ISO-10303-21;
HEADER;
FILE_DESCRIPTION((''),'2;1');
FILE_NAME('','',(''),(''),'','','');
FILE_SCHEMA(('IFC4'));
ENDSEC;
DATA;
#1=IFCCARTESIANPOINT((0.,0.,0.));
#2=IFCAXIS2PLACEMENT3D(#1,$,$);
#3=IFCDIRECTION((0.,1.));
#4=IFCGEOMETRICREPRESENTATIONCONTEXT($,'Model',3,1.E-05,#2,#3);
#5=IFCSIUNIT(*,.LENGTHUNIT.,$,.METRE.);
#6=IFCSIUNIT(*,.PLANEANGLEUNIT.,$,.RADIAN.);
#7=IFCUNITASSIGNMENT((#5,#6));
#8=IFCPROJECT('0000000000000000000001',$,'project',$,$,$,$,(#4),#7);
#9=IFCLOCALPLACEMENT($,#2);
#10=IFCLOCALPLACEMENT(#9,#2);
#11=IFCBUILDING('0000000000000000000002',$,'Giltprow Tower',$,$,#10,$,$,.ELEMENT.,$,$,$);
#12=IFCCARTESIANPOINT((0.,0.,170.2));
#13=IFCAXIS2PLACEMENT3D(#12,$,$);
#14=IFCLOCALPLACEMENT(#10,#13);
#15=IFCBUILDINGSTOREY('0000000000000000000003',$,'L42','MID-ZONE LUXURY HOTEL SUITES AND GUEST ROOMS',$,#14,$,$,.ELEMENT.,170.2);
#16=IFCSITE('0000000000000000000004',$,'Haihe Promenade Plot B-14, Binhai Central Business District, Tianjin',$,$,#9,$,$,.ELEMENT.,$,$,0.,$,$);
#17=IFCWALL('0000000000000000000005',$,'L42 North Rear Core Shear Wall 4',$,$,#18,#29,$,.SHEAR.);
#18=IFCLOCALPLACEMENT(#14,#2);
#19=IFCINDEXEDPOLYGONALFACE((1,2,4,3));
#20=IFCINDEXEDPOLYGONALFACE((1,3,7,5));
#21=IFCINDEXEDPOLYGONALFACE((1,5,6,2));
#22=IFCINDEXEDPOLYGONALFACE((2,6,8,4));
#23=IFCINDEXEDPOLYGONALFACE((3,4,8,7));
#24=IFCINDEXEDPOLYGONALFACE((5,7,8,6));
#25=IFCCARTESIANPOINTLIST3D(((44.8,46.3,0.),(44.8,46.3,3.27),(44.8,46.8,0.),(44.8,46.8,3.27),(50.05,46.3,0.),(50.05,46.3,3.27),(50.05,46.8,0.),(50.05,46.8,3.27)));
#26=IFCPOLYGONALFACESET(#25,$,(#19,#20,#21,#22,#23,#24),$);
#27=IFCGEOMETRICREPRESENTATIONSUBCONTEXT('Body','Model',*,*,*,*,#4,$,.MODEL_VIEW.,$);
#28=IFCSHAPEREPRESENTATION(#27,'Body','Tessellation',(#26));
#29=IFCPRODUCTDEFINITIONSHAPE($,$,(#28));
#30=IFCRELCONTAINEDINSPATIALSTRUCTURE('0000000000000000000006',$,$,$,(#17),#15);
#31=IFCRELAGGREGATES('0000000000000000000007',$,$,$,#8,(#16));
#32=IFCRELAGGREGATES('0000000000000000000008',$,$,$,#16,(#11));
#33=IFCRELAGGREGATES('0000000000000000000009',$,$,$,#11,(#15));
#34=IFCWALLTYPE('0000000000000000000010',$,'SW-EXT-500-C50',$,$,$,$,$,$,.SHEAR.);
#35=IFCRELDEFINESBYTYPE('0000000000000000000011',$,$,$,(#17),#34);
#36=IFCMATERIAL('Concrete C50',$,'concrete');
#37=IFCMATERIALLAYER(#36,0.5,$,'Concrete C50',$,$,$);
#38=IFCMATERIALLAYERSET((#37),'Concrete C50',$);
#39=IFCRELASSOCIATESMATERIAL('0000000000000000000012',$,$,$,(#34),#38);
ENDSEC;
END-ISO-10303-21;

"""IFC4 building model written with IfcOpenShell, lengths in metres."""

from ifc_helpers import new_model, si_unit, direction, frame, frame_2d, origin, place, context, subcontext, project, spatial, rectangle, extrude, material, layer, layer_set, type_object, element, save


model = new_model("IFC4")

# Units and contexts
model_context = context("Model", 3, precision=1e-05, world=origin(), true_north=direction((0.0, 1.0)))
body_context = subcontext(model_context, "Body", "Model", "MODEL_VIEW")
ifc_project = project(units=[si_unit("LENGTHUNIT", "METRE"), si_unit("PLANEANGLEUNIT", "RADIAN")], contexts=[model_context])

# Site, building, storey
site_placement = place(None, origin())
site = spatial("IfcSite", under=ifc_project, at=site_placement, Name="Haihe Promenade Plot B-14, Binhai Central Business District, Tianjin", CompositionType="ELEMENT", RefElevation=0.0)
building_placement = place(site_placement, origin())
building = spatial("IfcBuilding", under=site, at=building_placement, Name="Giltprow Tower", CompositionType="ELEMENT")
storey_placement = place(building_placement, frame((0.0, 0.0, 170.2)))
storey = spatial("IfcBuildingStorey", under=building, at=storey_placement, Name="L42", Description="MID-ZONE LUXURY HOTEL SUITES AND GUEST ROOMS", CompositionType="ELEMENT", Elevation=170.2)

# Shared definitions
ifc_material_1 = material(Name="Concrete C50", Category="concrete")

# Wall
ifc_layer_1 = layer(ifc_material_1, 0.5, Name="Concrete C50")
ifc_layer_set_1 = layer_set([ifc_layer_1], Name="Concrete C50")
wall_type_1 = type_object("IfcWallType", Name="SW-EXT-500-C50", PredefinedType="SHEAR", material=ifc_layer_set_1)
wall_1_placement = place(storey_placement, frame((44.8, 46.55, 0.0), z_axis=(0.0, 0.0, 1.0), x_axis=(1.0, 0.0, 0.0)))
element("IfcWall", 1, at=wall_1_placement, inside=storey, type_object=wall_type_1, Name="L42 North Rear Core Shear Wall 4", PredefinedType="SHEAR", context=body_context, shape_type="SweptSolid", body=[
    extrude(rectangle(XDim=5.25, YDim=0.5, at=frame_2d((2.625, 0.0))), origin(), (0.0, 0.0, 1.0), 3.27),
])

save(model, "model.ifc")
